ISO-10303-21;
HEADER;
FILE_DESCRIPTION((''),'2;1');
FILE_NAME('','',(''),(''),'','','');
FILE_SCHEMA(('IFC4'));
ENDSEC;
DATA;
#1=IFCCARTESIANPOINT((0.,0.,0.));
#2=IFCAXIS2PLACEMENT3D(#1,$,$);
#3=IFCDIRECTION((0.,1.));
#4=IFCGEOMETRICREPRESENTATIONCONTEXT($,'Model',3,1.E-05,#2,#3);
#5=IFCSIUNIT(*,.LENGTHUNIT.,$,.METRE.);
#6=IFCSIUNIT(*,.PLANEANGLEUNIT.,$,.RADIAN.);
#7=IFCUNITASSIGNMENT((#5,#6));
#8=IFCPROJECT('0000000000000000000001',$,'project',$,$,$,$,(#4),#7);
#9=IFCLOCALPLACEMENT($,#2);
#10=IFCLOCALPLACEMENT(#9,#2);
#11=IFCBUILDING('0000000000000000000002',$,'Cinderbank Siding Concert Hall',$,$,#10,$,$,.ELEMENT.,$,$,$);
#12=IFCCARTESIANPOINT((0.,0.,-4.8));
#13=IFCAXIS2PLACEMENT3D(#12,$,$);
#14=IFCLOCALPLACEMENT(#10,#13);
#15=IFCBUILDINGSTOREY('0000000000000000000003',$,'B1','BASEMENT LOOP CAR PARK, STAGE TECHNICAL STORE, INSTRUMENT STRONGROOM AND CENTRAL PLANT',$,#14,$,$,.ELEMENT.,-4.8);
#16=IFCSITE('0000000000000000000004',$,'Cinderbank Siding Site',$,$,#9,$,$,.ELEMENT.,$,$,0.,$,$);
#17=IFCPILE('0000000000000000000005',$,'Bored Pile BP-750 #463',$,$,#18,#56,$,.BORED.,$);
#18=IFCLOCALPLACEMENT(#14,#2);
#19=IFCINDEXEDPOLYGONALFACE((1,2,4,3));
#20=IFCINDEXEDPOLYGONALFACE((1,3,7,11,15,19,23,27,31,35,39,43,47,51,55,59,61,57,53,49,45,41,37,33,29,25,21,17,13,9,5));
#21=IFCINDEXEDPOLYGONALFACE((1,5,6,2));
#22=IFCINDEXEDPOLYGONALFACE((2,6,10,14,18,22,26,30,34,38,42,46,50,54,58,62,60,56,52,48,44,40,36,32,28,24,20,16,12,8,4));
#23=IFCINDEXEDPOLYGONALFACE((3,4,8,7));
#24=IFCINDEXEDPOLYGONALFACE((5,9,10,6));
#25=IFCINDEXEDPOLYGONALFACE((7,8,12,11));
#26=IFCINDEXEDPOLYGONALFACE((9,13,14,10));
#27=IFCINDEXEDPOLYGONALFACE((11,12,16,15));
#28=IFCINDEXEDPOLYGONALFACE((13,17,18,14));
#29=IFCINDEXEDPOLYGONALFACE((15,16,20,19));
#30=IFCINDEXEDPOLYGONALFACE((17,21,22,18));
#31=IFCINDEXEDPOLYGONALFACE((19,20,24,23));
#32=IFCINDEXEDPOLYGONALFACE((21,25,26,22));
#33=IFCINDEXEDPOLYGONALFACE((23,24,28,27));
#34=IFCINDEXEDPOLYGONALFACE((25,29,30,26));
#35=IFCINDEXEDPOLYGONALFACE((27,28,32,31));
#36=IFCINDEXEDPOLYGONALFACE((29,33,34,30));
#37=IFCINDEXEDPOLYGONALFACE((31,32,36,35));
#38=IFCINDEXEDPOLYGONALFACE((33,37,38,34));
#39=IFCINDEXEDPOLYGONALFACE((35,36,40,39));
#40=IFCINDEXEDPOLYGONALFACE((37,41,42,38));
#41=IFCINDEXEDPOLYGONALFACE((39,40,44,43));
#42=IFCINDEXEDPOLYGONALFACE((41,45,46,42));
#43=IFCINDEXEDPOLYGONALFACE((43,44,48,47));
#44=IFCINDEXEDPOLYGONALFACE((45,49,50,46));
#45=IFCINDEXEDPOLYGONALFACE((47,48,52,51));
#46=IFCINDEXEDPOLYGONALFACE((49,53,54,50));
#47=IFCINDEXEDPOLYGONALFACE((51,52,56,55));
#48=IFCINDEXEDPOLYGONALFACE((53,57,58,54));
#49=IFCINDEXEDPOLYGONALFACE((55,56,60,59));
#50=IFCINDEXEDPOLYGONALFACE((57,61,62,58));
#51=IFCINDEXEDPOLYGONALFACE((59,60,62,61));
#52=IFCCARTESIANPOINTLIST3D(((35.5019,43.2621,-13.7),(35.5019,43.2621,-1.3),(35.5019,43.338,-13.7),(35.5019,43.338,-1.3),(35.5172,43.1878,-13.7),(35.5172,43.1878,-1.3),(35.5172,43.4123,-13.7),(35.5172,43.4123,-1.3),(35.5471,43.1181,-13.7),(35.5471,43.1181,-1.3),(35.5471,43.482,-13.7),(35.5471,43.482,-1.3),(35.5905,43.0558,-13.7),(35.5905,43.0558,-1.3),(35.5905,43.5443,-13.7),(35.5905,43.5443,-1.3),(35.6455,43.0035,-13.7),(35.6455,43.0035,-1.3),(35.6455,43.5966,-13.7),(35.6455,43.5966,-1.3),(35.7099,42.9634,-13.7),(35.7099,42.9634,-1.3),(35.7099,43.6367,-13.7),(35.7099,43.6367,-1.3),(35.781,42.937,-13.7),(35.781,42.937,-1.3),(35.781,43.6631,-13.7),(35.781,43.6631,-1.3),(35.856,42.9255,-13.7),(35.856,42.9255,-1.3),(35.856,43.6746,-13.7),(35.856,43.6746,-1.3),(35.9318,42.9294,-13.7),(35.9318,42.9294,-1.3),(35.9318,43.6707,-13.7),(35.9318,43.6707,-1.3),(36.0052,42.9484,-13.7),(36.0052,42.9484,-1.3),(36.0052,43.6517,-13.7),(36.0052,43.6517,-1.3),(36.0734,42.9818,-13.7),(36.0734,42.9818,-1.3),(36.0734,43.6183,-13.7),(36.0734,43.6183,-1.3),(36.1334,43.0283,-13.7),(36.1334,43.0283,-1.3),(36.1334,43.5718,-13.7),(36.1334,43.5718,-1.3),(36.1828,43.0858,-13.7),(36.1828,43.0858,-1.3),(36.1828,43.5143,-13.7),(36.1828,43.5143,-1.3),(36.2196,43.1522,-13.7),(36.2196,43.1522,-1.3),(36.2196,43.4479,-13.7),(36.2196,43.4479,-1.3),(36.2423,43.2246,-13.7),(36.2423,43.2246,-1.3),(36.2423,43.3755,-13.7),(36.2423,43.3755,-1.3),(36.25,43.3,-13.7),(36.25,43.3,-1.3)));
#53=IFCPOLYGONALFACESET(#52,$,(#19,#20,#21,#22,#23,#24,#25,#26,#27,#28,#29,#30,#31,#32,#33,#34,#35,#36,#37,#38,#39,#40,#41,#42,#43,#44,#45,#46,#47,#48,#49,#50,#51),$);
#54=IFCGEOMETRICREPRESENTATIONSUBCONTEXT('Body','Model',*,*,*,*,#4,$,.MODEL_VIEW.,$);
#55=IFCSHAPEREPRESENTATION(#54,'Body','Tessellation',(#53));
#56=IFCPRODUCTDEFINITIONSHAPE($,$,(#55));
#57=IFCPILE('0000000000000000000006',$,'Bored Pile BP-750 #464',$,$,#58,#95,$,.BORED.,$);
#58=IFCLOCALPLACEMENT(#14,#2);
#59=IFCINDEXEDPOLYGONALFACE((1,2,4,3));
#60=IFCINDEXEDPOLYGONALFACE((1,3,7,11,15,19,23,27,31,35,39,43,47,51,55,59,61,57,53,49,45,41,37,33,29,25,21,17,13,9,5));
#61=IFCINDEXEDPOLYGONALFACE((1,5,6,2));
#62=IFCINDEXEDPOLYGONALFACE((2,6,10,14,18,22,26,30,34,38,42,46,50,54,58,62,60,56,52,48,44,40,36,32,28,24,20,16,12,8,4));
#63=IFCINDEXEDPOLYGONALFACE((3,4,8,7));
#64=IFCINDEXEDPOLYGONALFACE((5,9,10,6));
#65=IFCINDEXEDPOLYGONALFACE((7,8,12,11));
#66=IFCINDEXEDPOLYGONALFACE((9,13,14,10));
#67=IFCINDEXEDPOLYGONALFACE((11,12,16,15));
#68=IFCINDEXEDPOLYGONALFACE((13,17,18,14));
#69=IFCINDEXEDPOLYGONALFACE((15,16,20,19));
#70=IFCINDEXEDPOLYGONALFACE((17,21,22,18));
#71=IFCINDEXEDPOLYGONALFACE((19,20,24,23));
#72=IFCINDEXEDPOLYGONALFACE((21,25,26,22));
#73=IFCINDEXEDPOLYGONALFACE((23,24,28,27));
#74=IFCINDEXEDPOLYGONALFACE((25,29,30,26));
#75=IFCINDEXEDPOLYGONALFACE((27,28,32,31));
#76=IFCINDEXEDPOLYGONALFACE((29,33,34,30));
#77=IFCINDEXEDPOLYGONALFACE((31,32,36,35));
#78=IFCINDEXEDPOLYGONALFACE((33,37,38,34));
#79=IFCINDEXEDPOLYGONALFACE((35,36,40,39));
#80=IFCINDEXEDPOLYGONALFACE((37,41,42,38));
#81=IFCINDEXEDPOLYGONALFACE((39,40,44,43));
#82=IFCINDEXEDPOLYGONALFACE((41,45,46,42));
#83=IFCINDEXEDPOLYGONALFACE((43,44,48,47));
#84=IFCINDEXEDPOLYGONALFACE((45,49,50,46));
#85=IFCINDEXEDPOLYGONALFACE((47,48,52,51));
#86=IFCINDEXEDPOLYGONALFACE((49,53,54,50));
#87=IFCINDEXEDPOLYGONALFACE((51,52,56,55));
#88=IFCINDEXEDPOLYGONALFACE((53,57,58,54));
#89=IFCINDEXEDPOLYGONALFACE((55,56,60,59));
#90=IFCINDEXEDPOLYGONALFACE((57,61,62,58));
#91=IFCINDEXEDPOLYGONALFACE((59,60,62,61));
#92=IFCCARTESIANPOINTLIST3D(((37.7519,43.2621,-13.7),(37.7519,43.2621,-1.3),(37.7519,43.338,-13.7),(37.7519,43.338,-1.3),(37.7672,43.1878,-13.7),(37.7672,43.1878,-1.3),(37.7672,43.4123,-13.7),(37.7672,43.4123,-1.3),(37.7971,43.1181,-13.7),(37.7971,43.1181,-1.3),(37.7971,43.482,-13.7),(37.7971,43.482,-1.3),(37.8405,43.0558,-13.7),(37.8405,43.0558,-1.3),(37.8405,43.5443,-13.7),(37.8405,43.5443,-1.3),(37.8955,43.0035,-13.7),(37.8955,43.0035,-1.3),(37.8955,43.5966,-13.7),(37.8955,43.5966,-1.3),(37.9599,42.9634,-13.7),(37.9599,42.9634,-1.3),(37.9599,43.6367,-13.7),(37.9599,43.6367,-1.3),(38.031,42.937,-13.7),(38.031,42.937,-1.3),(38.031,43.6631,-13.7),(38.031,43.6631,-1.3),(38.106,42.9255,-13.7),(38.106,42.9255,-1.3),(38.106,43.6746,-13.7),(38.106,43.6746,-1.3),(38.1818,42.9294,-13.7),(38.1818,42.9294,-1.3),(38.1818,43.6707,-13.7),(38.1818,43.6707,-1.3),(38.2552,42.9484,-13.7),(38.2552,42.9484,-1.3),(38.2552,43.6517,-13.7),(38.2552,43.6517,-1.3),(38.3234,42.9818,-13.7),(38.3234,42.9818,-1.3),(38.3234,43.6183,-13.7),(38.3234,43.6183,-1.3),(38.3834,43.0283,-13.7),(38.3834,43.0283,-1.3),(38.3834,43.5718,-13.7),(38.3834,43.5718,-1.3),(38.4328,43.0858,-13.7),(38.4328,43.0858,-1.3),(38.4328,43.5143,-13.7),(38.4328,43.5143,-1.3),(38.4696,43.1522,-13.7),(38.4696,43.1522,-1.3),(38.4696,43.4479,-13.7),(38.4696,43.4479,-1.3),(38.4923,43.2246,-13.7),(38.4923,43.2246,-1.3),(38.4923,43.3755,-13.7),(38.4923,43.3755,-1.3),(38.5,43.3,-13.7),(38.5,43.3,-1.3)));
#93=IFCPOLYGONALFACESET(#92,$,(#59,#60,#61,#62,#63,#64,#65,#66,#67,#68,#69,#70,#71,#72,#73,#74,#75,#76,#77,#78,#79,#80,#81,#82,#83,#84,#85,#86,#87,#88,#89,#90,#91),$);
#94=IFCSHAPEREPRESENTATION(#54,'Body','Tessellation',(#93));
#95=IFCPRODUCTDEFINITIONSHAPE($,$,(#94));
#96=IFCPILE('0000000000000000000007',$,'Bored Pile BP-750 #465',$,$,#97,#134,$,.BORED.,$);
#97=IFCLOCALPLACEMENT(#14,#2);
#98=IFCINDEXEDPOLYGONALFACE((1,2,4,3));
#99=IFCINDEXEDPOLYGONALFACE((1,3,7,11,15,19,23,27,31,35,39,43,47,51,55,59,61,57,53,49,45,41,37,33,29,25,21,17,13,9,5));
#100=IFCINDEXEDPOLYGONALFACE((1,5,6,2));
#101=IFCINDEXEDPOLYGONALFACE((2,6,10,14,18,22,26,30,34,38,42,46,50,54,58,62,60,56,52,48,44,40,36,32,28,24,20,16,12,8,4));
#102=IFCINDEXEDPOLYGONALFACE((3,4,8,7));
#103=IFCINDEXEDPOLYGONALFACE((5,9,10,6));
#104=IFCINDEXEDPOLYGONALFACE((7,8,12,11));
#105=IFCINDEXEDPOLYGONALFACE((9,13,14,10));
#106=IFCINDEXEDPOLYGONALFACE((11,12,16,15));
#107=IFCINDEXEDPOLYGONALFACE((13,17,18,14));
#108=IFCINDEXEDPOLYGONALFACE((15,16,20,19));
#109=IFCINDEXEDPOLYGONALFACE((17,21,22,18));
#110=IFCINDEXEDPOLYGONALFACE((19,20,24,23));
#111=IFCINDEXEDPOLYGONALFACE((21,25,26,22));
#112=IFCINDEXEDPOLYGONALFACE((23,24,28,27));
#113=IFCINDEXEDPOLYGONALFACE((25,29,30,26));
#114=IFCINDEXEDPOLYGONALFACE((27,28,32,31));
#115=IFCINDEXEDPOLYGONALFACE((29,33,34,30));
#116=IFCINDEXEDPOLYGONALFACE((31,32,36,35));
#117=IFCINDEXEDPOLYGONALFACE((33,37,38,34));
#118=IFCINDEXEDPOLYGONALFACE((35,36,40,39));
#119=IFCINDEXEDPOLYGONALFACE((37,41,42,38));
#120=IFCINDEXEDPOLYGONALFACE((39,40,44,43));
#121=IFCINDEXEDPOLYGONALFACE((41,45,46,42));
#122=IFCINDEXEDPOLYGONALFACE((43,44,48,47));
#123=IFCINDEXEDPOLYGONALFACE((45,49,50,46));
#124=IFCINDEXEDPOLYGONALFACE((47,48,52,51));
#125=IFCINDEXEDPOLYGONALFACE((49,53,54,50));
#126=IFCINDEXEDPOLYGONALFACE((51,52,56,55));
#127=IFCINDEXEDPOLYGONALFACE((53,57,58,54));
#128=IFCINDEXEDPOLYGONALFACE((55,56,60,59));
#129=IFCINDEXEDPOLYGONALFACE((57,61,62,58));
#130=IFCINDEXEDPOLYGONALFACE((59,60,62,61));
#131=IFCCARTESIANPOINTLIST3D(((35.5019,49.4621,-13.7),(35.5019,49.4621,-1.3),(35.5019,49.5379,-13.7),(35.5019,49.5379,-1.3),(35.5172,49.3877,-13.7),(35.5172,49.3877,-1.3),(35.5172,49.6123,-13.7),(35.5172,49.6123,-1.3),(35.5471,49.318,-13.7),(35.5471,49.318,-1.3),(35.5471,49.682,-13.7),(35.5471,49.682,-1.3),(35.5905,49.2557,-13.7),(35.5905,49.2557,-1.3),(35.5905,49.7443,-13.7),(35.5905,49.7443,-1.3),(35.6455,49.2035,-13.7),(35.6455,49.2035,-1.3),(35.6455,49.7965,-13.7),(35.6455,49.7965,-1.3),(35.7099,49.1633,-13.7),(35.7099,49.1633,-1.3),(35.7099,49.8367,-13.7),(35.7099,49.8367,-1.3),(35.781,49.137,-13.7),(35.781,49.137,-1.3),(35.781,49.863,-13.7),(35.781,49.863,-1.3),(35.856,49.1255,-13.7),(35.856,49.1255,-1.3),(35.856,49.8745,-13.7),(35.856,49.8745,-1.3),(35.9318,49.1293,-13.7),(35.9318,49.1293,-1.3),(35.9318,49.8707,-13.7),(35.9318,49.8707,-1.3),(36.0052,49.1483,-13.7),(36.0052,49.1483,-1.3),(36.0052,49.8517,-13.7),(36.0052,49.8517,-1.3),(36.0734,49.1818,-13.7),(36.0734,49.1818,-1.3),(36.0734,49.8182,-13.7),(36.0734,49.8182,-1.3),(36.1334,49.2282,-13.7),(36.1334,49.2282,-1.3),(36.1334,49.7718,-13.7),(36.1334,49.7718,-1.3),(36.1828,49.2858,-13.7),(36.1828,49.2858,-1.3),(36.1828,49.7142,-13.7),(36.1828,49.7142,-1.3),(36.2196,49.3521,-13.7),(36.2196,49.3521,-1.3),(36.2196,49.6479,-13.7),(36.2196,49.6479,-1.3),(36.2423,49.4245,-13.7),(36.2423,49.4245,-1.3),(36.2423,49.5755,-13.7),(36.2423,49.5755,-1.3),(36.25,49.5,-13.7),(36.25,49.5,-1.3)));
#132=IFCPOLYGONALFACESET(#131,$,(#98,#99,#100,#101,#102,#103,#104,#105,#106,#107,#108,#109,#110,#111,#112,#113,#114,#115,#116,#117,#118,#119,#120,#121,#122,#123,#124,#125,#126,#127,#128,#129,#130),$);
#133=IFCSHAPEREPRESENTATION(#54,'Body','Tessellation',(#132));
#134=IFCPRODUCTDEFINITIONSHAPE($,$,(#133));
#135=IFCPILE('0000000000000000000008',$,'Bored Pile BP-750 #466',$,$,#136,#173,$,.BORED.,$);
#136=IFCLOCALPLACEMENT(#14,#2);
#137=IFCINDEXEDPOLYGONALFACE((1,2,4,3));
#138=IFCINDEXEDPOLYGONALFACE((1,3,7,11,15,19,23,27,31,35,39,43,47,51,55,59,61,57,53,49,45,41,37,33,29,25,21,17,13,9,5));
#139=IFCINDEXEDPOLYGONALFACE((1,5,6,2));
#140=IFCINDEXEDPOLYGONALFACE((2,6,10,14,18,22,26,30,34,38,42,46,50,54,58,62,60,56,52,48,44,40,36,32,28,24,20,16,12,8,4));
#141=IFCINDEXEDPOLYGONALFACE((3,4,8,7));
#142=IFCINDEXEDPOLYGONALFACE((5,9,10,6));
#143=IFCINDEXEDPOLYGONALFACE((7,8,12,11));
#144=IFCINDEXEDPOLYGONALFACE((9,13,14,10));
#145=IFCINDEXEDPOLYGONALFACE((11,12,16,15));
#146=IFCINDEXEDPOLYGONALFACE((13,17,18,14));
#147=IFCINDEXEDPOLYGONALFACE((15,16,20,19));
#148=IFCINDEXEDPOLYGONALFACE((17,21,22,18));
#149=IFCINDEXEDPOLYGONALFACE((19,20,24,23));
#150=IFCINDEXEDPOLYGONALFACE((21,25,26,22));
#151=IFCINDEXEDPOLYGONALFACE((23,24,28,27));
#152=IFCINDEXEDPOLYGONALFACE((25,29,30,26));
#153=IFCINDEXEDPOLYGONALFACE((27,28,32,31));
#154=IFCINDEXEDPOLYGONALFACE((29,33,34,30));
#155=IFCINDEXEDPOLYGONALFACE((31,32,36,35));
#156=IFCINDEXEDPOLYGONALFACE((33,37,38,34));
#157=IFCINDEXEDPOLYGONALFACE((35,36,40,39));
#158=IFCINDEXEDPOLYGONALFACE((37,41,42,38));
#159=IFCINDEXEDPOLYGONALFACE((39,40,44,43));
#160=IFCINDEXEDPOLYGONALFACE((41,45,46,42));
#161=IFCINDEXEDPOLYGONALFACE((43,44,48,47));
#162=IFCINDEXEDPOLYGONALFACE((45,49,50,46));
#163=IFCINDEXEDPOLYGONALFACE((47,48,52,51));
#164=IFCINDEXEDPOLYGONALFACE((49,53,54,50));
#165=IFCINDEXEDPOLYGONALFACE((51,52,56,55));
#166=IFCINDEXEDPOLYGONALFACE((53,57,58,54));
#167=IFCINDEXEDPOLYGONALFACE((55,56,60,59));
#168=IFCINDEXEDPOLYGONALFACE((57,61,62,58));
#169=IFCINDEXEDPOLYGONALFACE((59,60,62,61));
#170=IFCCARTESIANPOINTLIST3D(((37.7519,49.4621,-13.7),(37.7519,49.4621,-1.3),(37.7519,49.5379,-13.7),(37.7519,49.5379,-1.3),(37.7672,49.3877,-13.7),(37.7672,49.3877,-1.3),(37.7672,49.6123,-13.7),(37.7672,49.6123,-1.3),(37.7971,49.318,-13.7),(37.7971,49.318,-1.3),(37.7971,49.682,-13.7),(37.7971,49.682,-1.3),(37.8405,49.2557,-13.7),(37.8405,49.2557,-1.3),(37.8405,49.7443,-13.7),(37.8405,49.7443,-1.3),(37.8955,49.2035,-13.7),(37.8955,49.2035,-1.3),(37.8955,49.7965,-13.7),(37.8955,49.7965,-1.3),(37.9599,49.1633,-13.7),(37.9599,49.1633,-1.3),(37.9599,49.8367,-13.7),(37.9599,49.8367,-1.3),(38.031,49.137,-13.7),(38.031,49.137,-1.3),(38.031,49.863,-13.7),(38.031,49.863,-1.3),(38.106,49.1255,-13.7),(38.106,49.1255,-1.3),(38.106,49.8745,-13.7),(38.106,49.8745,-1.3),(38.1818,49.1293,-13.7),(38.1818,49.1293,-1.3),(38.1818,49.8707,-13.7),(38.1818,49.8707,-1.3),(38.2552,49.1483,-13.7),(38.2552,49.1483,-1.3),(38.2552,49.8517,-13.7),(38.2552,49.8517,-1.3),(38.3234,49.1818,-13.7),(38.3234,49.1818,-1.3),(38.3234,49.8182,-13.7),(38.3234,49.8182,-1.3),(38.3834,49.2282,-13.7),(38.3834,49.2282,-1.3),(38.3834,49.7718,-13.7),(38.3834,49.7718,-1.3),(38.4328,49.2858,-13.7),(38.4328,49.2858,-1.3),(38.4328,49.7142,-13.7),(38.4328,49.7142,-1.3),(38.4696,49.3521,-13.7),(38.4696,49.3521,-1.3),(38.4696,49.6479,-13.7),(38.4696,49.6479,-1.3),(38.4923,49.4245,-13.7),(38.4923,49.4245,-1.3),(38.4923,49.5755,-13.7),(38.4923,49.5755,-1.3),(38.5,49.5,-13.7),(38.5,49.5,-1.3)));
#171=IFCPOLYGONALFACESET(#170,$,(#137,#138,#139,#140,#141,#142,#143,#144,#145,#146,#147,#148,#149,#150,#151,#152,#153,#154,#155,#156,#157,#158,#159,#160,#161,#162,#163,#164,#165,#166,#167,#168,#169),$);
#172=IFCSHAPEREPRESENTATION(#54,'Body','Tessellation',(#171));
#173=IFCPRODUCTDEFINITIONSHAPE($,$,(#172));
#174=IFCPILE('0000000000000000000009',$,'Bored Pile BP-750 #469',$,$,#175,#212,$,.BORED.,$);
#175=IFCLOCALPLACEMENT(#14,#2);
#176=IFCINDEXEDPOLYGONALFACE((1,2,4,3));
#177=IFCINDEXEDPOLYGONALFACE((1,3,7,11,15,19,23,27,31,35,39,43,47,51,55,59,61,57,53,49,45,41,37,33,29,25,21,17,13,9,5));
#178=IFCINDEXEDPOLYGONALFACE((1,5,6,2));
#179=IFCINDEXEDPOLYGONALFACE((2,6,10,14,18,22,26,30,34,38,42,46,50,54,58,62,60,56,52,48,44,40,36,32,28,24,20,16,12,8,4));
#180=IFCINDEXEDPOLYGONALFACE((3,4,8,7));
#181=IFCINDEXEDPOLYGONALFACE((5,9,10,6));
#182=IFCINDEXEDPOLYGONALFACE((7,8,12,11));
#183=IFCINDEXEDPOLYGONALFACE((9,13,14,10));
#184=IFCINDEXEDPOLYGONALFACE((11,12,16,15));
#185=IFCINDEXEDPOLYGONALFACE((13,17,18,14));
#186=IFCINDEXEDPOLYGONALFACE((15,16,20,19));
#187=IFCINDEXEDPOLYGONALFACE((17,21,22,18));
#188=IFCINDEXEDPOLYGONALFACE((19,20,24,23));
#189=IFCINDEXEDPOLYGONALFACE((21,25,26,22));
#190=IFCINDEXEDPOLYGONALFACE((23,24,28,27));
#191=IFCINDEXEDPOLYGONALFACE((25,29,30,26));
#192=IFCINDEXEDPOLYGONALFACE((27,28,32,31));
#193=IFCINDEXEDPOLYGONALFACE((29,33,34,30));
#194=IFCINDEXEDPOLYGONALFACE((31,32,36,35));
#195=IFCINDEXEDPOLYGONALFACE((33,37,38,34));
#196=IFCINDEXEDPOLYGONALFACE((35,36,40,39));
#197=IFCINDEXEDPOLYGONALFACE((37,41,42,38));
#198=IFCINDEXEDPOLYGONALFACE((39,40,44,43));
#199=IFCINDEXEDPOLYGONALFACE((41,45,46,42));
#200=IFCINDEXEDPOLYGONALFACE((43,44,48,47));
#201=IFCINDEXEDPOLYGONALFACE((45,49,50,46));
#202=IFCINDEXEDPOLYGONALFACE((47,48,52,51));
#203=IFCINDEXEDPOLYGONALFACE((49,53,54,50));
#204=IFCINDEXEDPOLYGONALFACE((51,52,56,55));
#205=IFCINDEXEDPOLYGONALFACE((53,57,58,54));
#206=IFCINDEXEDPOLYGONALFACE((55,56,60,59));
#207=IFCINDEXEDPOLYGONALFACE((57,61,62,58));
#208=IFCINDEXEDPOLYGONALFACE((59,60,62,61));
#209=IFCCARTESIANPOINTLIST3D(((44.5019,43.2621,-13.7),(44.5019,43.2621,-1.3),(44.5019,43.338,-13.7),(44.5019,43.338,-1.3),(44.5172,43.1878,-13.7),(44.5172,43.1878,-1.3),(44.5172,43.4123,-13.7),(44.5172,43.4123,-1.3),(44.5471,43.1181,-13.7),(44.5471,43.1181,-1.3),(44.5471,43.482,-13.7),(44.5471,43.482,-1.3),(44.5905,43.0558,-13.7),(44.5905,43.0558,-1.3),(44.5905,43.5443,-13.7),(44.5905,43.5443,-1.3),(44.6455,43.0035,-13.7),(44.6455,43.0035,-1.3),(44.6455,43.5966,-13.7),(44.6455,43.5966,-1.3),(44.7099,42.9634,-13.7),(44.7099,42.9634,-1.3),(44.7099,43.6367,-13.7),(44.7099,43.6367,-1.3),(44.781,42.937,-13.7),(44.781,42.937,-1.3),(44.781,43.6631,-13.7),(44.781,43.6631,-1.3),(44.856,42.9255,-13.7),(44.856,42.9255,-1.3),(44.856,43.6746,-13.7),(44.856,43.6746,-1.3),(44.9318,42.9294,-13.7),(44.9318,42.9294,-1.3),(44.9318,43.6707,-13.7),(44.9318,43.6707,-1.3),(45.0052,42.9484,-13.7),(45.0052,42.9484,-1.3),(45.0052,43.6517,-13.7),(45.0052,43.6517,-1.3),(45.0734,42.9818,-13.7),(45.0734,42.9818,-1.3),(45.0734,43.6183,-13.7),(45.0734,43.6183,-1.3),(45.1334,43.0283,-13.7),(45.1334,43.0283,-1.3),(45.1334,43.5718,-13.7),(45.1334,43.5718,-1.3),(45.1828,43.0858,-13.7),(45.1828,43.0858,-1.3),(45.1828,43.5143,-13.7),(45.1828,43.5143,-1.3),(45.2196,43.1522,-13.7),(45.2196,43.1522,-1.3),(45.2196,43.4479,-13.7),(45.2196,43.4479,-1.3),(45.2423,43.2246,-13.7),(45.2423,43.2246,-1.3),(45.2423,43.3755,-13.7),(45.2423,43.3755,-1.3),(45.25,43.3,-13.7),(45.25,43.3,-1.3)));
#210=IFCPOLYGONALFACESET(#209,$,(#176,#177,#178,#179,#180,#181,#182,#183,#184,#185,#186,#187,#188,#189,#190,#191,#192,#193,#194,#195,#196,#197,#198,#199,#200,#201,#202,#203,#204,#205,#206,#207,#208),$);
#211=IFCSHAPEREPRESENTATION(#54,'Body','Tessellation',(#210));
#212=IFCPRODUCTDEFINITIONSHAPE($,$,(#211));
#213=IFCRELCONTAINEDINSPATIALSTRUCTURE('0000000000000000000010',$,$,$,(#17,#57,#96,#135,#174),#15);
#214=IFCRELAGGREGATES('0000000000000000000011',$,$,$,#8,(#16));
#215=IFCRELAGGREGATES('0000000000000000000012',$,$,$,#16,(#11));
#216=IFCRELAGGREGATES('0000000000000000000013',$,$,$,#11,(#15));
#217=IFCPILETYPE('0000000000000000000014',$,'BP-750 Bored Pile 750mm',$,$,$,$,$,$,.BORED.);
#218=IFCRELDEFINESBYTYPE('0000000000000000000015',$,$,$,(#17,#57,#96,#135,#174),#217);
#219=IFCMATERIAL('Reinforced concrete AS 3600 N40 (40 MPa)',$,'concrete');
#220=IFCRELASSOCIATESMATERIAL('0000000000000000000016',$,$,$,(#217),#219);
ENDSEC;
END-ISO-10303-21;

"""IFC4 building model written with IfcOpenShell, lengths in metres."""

from ifc_helpers import new_model, si_unit, direction, frame, origin, origin_2d, place, context, subcontext, project, spatial, circle, extrude, material, material_profile, profile_set, type_object, element, save


model = new_model("IFC4")

# Units and contexts
model_context = context("Model", 3, precision=1e-05, world=origin(), true_north=direction((0.0, 1.0)))
body_context = subcontext(model_context, "Body", "Model", "MODEL_VIEW")
ifc_project = project(units=[si_unit("LENGTHUNIT", "METRE"), si_unit("PLANEANGLEUNIT", "RADIAN")], contexts=[model_context])

# Site, building, storey
site_placement = place(None, origin())
site = spatial("IfcSite", under=ifc_project, at=site_placement, Name="Cinderbank Siding Site", CompositionType="ELEMENT", RefElevation=0.0)
building_placement = place(site_placement, origin())
building = spatial("IfcBuilding", under=site, at=building_placement, Name="Cinderbank Siding Concert Hall", CompositionType="ELEMENT")
storey_placement = place(building_placement, frame((0.0, 0.0, -4.8)))
storey = spatial("IfcBuildingStorey", under=building, at=storey_placement, Name="B1", Description="BASEMENT LOOP CAR PARK, STAGE TECHNICAL STORE, INSTRUMENT STRONGROOM AND CENTRAL PLANT", CompositionType="ELEMENT", Elevation=-4.8)

# Piles
ifc_material_1 = material(Name="Reinforced concrete AS 3600 N40 (40 MPa)", Category="concrete")
ifc_material_profile_1 = material_profile(ifc_material_1, circle(Radius=0.375, at=origin_2d()), Name="PILE-750DIA", Category="LoadBearing")
ifc_profile_set_1 = profile_set([ifc_material_profile_1], Name="Reinforced concrete AS 3600 N40 (40 MPa)")
pile_type = type_object("IfcPileType", Name="BP-750 Bored Pile 750mm", PredefinedType="BORED", material=ifc_profile_set_1)
for number, where, z_axis, x_axis, name in (
    (1, (35.875, 43.3, -1.3), (0.0, 0.0, -1.0), (1.0, 0.0, 0.0), "Bored Pile BP-750 #463"),
    (2, (38.125, 43.3, -1.3), (0.0, 0.0, -1.0), (1.0, 0.0, 0.0), "Bored Pile BP-750 #464"),
    (3, (35.875, 49.5, -1.3), (0.0, 0.0, -1.0), (1.0, 0.0, 0.0), "Bored Pile BP-750 #465"),
    (4, (38.125, 49.5, -1.3), (0.0, 0.0, -1.0), (1.0, 0.0, 0.0), "Bored Pile BP-750 #466"),
    (5, (44.875, 43.3, -1.3), (0.0, 0.0, -1.0), (1.0, 0.0, 0.0), "Bored Pile BP-750 #469"),
):
    element("IfcPile", number, at=place(storey_placement, frame(where, z_axis=z_axis, x_axis=x_axis)), inside=storey, type_object=pile_type, Name=name, PredefinedType="BORED", context=body_context, shape_type="SweptSolid", body=[
        extrude(circle(Radius=0.375, at=origin_2d()), origin(), (0.0, 0.0, 1.0), 12.3999),
    ])

save(model, "model.ifc")
